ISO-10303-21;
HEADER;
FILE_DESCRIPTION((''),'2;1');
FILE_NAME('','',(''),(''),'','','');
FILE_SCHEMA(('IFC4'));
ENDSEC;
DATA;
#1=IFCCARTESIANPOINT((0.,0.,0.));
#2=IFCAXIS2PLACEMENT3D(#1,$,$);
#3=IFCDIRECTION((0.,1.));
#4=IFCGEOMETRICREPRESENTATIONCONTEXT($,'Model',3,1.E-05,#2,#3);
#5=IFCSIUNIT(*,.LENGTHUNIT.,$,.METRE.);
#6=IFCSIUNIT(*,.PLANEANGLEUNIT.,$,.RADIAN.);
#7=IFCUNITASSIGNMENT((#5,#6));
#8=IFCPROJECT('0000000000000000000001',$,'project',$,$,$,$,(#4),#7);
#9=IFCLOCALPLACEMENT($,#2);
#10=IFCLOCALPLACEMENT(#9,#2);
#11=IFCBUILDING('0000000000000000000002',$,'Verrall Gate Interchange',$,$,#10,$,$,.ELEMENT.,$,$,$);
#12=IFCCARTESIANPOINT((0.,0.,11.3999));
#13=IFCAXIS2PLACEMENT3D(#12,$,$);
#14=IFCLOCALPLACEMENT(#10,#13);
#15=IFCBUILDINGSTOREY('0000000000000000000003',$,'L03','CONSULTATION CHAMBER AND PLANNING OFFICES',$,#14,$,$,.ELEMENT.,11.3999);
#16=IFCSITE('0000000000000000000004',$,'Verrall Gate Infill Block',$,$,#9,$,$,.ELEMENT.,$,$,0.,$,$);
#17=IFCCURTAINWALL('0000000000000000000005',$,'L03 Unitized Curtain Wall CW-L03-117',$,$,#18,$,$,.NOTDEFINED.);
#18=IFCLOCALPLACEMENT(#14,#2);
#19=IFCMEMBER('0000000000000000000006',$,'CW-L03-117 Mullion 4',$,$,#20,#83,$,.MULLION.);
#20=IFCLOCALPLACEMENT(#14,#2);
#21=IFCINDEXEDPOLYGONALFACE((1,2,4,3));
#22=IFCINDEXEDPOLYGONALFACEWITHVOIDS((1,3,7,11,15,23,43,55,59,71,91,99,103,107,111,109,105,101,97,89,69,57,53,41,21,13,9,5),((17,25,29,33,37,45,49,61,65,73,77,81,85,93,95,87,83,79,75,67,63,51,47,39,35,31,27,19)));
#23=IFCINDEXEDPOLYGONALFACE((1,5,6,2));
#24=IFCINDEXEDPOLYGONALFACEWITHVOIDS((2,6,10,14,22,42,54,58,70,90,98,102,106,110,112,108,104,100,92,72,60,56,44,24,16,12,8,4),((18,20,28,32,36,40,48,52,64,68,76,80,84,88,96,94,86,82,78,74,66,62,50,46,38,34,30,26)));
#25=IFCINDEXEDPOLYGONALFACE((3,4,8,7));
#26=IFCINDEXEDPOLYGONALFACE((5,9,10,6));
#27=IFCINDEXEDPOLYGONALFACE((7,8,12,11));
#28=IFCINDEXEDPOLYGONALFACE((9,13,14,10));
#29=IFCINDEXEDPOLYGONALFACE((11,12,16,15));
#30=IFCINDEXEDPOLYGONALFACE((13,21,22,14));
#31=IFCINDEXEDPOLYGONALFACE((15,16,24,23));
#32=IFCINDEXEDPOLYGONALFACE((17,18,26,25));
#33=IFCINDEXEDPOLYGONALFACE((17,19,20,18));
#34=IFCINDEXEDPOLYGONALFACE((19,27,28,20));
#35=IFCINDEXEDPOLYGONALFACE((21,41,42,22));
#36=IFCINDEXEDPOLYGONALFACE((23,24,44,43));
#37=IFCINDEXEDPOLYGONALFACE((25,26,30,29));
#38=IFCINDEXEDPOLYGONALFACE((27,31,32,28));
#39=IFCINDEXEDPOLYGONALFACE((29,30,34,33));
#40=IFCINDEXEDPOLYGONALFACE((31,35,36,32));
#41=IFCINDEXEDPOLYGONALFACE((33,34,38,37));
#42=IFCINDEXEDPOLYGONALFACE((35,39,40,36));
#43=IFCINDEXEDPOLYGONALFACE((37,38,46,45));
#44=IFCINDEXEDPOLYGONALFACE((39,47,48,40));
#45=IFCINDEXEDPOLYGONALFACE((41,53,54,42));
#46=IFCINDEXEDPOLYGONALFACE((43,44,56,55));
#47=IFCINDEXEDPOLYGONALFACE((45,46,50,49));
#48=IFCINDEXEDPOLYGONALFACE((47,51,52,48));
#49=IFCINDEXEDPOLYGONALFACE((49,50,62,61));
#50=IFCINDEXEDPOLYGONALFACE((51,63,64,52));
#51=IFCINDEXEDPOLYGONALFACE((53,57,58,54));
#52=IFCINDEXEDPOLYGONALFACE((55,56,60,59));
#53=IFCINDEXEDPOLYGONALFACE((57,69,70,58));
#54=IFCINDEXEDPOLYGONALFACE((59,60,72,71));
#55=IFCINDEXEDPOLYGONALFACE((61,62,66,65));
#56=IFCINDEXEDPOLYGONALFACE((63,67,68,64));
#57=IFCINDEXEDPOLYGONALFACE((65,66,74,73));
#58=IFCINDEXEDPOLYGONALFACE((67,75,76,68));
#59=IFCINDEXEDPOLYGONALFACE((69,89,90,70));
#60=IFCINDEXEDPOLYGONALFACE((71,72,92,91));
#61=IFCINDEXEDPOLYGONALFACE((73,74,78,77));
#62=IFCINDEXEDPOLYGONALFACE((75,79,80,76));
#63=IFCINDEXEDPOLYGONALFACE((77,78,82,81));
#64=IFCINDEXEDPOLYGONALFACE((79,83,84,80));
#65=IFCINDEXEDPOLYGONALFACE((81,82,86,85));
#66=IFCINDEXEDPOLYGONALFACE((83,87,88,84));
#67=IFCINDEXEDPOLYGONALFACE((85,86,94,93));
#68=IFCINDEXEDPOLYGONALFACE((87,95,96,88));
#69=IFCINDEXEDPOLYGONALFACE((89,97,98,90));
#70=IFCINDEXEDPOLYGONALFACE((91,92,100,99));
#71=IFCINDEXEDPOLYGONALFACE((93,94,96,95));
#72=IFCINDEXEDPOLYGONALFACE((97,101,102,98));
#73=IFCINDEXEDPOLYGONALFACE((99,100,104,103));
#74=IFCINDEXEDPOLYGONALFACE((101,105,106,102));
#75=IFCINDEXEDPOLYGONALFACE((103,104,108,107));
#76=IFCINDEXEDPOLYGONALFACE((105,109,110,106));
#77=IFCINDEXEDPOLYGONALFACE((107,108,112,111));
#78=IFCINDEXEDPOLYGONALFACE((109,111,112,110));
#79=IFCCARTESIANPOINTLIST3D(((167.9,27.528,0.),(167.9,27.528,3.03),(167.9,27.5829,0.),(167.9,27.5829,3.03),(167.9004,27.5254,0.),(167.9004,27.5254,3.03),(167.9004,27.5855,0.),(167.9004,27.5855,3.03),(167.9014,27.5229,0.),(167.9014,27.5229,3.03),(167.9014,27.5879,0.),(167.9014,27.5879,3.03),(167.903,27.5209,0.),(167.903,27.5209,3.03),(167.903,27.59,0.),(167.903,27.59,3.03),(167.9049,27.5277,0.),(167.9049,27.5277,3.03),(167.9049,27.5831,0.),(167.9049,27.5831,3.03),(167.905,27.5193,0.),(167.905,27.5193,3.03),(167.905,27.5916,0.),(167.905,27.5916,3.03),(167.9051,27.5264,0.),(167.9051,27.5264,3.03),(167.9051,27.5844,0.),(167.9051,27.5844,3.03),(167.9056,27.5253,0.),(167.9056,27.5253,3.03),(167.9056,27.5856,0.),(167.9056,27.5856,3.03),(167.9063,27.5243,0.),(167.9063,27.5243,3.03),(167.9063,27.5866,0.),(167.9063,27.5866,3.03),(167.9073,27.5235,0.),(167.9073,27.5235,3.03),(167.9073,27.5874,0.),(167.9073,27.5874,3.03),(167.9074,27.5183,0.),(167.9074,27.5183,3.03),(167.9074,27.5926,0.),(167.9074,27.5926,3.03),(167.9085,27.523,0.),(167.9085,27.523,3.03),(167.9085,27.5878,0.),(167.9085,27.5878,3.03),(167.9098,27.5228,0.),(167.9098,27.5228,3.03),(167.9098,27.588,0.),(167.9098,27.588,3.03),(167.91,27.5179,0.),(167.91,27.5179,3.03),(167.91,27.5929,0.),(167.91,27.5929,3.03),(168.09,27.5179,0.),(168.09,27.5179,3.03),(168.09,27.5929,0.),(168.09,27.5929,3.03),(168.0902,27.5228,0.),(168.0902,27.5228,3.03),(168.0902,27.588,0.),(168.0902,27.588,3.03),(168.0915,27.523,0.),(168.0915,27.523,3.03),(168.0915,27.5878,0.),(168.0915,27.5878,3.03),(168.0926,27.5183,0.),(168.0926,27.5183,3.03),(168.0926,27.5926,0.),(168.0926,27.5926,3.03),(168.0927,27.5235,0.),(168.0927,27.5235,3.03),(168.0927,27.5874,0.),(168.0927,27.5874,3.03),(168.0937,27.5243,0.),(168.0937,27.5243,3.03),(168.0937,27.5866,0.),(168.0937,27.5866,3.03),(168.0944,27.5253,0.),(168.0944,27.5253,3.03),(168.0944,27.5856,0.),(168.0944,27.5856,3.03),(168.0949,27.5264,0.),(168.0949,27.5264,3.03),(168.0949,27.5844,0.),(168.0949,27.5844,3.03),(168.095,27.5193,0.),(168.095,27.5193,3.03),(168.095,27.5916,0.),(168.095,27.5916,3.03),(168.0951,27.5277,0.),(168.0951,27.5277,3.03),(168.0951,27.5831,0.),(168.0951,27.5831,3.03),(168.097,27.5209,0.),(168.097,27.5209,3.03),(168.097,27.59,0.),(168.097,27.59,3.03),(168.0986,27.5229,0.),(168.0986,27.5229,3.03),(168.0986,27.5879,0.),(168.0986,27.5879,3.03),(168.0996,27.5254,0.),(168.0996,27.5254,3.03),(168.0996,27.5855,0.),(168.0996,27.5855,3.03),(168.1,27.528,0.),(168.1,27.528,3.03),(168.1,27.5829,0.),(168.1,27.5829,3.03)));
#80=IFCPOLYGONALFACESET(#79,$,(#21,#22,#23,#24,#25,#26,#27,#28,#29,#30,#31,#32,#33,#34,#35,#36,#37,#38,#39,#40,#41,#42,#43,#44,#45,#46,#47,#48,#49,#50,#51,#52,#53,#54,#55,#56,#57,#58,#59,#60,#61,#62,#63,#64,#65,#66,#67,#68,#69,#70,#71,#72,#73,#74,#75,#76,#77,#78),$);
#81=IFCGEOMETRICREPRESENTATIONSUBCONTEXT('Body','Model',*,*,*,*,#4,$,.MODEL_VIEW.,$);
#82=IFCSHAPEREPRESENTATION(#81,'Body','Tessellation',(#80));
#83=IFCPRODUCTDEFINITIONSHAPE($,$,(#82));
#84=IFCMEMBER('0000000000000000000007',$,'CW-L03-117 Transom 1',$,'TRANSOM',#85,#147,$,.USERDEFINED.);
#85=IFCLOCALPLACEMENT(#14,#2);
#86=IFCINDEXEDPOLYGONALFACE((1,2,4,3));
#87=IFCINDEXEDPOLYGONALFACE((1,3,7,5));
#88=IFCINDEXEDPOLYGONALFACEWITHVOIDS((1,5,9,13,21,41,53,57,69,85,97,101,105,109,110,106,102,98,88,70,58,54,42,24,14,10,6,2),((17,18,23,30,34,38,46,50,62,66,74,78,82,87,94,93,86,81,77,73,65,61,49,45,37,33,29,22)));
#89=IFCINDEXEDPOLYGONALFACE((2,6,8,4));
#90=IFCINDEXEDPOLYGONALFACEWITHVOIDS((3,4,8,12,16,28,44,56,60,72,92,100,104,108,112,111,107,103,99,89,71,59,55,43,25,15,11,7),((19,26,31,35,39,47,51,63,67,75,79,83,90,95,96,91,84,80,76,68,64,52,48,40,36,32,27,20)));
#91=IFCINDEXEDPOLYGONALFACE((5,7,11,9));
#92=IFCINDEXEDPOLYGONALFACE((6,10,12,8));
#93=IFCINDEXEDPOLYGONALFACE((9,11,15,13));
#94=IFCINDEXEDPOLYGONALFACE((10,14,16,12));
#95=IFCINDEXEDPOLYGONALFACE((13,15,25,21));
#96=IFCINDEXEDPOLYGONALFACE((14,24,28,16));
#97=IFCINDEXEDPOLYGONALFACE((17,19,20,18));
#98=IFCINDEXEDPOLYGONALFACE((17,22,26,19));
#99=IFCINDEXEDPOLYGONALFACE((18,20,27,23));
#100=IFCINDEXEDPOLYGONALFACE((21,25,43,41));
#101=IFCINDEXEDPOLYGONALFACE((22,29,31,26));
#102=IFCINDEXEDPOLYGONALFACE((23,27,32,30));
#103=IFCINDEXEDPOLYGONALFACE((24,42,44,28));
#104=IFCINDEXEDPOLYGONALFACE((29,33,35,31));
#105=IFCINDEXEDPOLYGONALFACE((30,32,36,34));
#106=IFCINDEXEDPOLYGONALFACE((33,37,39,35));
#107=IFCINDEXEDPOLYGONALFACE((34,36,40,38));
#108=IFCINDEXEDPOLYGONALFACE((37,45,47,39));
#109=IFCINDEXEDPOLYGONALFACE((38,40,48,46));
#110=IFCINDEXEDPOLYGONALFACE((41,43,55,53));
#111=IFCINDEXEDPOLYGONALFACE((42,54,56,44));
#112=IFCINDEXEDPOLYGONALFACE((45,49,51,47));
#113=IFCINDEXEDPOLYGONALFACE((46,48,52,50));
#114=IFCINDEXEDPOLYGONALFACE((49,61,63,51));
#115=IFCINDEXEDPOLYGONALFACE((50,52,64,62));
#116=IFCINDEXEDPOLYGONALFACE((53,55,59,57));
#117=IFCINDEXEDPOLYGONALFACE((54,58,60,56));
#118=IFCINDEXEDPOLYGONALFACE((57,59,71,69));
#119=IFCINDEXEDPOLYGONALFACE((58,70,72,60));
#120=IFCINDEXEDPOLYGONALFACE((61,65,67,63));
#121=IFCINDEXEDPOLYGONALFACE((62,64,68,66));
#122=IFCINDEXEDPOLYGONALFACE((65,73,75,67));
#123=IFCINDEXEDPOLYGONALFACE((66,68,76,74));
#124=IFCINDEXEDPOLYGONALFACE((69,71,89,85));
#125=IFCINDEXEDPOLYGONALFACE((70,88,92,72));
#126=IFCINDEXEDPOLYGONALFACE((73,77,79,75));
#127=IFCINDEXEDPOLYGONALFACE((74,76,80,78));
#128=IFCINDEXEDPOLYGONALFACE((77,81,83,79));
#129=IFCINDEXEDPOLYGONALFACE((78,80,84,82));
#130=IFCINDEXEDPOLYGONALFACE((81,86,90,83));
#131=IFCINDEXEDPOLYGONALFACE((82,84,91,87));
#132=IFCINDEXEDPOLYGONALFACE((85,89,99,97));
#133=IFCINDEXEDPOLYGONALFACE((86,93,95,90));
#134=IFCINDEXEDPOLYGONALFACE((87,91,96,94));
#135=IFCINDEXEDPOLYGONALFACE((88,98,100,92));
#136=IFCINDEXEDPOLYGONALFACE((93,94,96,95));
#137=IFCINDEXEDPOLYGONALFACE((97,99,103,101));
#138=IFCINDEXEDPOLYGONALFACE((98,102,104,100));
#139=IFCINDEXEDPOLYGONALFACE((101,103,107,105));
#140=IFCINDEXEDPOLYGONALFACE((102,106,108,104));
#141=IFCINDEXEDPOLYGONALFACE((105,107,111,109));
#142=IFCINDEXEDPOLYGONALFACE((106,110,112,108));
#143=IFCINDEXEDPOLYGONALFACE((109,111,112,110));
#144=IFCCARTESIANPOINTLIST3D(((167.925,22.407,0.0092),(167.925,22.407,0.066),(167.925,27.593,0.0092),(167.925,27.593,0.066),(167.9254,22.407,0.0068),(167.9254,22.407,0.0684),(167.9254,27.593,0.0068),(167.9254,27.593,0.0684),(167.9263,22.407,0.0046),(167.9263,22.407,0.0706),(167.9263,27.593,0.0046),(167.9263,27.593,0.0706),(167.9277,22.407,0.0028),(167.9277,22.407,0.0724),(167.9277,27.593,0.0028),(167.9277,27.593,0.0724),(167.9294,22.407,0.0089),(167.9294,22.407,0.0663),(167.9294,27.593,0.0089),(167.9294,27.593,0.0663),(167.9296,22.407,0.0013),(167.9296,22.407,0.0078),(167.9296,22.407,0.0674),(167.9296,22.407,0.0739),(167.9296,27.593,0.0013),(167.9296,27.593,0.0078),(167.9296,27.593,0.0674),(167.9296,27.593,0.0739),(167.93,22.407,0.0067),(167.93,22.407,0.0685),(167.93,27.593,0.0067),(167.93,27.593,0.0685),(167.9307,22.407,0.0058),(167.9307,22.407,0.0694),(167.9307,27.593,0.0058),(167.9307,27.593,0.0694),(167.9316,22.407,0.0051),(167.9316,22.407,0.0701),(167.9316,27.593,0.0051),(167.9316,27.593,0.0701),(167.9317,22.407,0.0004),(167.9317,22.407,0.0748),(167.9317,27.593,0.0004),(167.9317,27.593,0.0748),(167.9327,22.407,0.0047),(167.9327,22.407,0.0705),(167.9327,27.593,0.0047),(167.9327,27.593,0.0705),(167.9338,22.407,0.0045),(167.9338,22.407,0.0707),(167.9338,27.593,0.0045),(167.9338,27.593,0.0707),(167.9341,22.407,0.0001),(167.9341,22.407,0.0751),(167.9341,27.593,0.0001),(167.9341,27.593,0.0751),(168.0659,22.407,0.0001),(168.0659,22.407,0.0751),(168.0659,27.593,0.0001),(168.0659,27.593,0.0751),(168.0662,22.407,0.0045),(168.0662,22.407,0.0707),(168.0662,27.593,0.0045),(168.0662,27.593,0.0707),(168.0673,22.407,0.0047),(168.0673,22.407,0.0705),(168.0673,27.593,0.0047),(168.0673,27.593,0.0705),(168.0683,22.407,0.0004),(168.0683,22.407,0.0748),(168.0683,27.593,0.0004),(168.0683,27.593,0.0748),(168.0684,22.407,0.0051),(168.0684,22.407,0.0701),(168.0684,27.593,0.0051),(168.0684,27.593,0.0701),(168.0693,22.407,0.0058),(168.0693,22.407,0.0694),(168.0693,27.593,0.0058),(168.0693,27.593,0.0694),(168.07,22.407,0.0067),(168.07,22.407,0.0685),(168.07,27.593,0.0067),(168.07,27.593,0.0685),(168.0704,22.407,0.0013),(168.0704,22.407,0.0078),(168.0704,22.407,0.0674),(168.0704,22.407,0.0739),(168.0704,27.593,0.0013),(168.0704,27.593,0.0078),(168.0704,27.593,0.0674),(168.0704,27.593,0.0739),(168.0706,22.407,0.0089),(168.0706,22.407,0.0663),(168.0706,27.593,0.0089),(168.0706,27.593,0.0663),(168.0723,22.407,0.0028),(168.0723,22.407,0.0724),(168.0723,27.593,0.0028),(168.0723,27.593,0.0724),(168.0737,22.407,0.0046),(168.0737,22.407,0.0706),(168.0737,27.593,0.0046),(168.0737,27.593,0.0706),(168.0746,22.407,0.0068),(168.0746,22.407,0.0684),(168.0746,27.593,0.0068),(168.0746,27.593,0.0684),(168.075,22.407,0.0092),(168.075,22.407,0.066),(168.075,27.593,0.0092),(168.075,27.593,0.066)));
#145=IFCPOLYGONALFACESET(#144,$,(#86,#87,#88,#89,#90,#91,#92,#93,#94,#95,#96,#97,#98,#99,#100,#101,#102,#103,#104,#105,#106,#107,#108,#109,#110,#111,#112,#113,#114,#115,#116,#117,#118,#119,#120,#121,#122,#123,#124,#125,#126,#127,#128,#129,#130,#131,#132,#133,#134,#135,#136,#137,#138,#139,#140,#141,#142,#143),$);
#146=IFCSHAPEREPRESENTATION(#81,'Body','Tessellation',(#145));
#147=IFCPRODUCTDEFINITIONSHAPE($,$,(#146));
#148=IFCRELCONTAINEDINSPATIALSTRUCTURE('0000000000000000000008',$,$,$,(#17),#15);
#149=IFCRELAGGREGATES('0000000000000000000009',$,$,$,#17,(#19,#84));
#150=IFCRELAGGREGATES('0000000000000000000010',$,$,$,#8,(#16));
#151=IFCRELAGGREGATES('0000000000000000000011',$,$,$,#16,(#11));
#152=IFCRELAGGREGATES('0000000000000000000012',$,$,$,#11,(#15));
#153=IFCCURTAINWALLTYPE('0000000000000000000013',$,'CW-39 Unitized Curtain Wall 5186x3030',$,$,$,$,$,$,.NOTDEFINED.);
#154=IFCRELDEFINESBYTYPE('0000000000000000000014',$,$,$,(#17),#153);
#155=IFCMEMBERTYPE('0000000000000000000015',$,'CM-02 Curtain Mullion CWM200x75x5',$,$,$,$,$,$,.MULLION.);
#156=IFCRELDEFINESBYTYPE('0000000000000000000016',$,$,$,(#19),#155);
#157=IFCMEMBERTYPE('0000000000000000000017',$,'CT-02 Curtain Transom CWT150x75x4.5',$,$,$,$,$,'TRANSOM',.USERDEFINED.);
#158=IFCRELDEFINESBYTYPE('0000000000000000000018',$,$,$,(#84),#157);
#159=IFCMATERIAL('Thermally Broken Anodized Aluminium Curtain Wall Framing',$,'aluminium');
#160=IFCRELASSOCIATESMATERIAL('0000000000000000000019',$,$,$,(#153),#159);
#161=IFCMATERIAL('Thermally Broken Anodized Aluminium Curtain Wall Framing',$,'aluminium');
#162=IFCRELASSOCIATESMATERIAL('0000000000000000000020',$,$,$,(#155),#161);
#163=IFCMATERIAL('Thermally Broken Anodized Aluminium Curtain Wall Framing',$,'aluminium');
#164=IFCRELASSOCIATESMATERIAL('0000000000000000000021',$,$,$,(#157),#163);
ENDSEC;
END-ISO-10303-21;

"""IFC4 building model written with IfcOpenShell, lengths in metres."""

from ifc_helpers import new_model, si_unit, direction, frame, origin, origin_2d, place, context, subcontext, project, spatial, hollow_rectangle, extrude, material, material_profile, profile_set, type_object, element, aggregate, save


model = new_model("IFC4")

# Units and contexts
model_context = context("Model", 3, precision=1e-05, world=origin(), true_north=direction((0.0, 1.0)))
body_context = subcontext(model_context, "Body", "Model", "MODEL_VIEW")
ifc_project = project(units=[si_unit("LENGTHUNIT", "METRE"), si_unit("PLANEANGLEUNIT", "RADIAN")], contexts=[model_context])

# Site, building, storey
site_placement = place(None, origin())
site = spatial("IfcSite", under=ifc_project, at=site_placement, Name="Verrall Gate Infill Block", CompositionType="ELEMENT", RefElevation=0.0)
building_placement = place(site_placement, origin())
building = spatial("IfcBuilding", under=site, at=building_placement, Name="Verrall Gate Interchange", CompositionType="ELEMENT")
storey_placement = place(building_placement, frame((0.0, 0.0, 11.3999)))
storey = spatial("IfcBuildingStorey", under=building, at=storey_placement, Name="L03", Description="CONSULTATION CHAMBER AND PLANNING OFFICES", CompositionType="ELEMENT", Elevation=11.3999)

# Curtain wall, members
ifc_material_1 = material(Name="Thermally Broken Anodized Aluminium Curtain Wall Framing", Category="aluminium")
curtain_wall_type = type_object("IfcCurtainWallType", Name="CW-39 Unitized Curtain Wall 5186x3030", PredefinedType="NOTDEFINED", material=ifc_material_1)
curtain_wall_placement = place(storey_placement, origin())
curtain_wall = element("IfcCurtainWall", 1, at=curtain_wall_placement, inside=storey, type_object=curtain_wall_type, Name="L03 Unitized Curtain Wall CW-L03-117", PredefinedType="NOTDEFINED")
ifc_material_2 = material(Name="Thermally Broken Anodized Aluminium Curtain Wall Framing", Category="aluminium")
ifc_material_profile_1 = material_profile(ifc_material_2, hollow_rectangle(XDim=0.075, YDim=0.2, WallThickness=0.0049, InnerFilletRadius=0.0049, OuterFilletRadius=0.01, at=origin_2d()), Name="CWM200x75x5")
ifc_profile_set_1 = profile_set([ifc_material_profile_1], Name="Thermally Broken Anodized Aluminium Curtain Wall Framing")
member_type_1 = type_object("IfcMemberType", Name="CM-02 Curtain Mullion CWM200x75x5", PredefinedType="MULLION", material=ifc_profile_set_1)
member_1_placement = place(storey_placement, frame((168.0, 27.5554, 0.0), z_axis=(0.0, 0.0, 1.0), x_axis=(0.0, 1.0, 0.0)))
member_1 = element("IfcMember", 2, at=member_1_placement, type_object=member_type_1, Name="CW-L03-117 Mullion 4", PredefinedType="MULLION", context=body_context, shape_type="SweptSolid", body=[
    extrude(hollow_rectangle(XDim=0.075, YDim=0.2, WallThickness=0.0049, InnerFilletRadius=0.0049, OuterFilletRadius=0.01, at=origin_2d()), origin(), (0.0, 0.0, 1.0), 3.03),
])
ifc_material_3 = material(Name="Thermally Broken Anodized Aluminium Curtain Wall Framing", Category="aluminium")
ifc_material_profile_2 = material_profile(ifc_material_3, hollow_rectangle(XDim=0.1499, YDim=0.075, WallThickness=0.0044, InnerFilletRadius=0.0044, OuterFilletRadius=0.009, at=origin_2d()), Name="CWT150x75x4.5")
ifc_profile_set_2 = profile_set([ifc_material_profile_2], Name="Thermally Broken Anodized Aluminium Curtain Wall Framing")
member_type_2 = type_object("IfcMemberType", Name="CT-02 Curtain Transom CWT150x75x4.5", ElementType="TRANSOM", PredefinedType="USERDEFINED", material=ifc_profile_set_2)
member_2_placement = place(storey_placement, frame((168.0, 22.407, 0.0376), z_axis=(0.0, 1.0, 0.0), x_axis=(-1.0, 0.0, 0.0)))
member_2 = element("IfcMember", 3, at=member_2_placement, type_object=member_type_2, Name="CW-L03-117 Transom 1", ObjectType="TRANSOM", PredefinedType="USERDEFINED", context=body_context, shape_type="SweptSolid", body=[
    extrude(hollow_rectangle(XDim=0.1499, YDim=0.075, WallThickness=0.0044, InnerFilletRadius=0.0044, OuterFilletRadius=0.009, at=origin_2d()), origin(), (0.0, 0.0, 1.0), 5.186),
])

aggregate(curtain_wall, [member_1, member_2])

save(model, "model.ifc")
